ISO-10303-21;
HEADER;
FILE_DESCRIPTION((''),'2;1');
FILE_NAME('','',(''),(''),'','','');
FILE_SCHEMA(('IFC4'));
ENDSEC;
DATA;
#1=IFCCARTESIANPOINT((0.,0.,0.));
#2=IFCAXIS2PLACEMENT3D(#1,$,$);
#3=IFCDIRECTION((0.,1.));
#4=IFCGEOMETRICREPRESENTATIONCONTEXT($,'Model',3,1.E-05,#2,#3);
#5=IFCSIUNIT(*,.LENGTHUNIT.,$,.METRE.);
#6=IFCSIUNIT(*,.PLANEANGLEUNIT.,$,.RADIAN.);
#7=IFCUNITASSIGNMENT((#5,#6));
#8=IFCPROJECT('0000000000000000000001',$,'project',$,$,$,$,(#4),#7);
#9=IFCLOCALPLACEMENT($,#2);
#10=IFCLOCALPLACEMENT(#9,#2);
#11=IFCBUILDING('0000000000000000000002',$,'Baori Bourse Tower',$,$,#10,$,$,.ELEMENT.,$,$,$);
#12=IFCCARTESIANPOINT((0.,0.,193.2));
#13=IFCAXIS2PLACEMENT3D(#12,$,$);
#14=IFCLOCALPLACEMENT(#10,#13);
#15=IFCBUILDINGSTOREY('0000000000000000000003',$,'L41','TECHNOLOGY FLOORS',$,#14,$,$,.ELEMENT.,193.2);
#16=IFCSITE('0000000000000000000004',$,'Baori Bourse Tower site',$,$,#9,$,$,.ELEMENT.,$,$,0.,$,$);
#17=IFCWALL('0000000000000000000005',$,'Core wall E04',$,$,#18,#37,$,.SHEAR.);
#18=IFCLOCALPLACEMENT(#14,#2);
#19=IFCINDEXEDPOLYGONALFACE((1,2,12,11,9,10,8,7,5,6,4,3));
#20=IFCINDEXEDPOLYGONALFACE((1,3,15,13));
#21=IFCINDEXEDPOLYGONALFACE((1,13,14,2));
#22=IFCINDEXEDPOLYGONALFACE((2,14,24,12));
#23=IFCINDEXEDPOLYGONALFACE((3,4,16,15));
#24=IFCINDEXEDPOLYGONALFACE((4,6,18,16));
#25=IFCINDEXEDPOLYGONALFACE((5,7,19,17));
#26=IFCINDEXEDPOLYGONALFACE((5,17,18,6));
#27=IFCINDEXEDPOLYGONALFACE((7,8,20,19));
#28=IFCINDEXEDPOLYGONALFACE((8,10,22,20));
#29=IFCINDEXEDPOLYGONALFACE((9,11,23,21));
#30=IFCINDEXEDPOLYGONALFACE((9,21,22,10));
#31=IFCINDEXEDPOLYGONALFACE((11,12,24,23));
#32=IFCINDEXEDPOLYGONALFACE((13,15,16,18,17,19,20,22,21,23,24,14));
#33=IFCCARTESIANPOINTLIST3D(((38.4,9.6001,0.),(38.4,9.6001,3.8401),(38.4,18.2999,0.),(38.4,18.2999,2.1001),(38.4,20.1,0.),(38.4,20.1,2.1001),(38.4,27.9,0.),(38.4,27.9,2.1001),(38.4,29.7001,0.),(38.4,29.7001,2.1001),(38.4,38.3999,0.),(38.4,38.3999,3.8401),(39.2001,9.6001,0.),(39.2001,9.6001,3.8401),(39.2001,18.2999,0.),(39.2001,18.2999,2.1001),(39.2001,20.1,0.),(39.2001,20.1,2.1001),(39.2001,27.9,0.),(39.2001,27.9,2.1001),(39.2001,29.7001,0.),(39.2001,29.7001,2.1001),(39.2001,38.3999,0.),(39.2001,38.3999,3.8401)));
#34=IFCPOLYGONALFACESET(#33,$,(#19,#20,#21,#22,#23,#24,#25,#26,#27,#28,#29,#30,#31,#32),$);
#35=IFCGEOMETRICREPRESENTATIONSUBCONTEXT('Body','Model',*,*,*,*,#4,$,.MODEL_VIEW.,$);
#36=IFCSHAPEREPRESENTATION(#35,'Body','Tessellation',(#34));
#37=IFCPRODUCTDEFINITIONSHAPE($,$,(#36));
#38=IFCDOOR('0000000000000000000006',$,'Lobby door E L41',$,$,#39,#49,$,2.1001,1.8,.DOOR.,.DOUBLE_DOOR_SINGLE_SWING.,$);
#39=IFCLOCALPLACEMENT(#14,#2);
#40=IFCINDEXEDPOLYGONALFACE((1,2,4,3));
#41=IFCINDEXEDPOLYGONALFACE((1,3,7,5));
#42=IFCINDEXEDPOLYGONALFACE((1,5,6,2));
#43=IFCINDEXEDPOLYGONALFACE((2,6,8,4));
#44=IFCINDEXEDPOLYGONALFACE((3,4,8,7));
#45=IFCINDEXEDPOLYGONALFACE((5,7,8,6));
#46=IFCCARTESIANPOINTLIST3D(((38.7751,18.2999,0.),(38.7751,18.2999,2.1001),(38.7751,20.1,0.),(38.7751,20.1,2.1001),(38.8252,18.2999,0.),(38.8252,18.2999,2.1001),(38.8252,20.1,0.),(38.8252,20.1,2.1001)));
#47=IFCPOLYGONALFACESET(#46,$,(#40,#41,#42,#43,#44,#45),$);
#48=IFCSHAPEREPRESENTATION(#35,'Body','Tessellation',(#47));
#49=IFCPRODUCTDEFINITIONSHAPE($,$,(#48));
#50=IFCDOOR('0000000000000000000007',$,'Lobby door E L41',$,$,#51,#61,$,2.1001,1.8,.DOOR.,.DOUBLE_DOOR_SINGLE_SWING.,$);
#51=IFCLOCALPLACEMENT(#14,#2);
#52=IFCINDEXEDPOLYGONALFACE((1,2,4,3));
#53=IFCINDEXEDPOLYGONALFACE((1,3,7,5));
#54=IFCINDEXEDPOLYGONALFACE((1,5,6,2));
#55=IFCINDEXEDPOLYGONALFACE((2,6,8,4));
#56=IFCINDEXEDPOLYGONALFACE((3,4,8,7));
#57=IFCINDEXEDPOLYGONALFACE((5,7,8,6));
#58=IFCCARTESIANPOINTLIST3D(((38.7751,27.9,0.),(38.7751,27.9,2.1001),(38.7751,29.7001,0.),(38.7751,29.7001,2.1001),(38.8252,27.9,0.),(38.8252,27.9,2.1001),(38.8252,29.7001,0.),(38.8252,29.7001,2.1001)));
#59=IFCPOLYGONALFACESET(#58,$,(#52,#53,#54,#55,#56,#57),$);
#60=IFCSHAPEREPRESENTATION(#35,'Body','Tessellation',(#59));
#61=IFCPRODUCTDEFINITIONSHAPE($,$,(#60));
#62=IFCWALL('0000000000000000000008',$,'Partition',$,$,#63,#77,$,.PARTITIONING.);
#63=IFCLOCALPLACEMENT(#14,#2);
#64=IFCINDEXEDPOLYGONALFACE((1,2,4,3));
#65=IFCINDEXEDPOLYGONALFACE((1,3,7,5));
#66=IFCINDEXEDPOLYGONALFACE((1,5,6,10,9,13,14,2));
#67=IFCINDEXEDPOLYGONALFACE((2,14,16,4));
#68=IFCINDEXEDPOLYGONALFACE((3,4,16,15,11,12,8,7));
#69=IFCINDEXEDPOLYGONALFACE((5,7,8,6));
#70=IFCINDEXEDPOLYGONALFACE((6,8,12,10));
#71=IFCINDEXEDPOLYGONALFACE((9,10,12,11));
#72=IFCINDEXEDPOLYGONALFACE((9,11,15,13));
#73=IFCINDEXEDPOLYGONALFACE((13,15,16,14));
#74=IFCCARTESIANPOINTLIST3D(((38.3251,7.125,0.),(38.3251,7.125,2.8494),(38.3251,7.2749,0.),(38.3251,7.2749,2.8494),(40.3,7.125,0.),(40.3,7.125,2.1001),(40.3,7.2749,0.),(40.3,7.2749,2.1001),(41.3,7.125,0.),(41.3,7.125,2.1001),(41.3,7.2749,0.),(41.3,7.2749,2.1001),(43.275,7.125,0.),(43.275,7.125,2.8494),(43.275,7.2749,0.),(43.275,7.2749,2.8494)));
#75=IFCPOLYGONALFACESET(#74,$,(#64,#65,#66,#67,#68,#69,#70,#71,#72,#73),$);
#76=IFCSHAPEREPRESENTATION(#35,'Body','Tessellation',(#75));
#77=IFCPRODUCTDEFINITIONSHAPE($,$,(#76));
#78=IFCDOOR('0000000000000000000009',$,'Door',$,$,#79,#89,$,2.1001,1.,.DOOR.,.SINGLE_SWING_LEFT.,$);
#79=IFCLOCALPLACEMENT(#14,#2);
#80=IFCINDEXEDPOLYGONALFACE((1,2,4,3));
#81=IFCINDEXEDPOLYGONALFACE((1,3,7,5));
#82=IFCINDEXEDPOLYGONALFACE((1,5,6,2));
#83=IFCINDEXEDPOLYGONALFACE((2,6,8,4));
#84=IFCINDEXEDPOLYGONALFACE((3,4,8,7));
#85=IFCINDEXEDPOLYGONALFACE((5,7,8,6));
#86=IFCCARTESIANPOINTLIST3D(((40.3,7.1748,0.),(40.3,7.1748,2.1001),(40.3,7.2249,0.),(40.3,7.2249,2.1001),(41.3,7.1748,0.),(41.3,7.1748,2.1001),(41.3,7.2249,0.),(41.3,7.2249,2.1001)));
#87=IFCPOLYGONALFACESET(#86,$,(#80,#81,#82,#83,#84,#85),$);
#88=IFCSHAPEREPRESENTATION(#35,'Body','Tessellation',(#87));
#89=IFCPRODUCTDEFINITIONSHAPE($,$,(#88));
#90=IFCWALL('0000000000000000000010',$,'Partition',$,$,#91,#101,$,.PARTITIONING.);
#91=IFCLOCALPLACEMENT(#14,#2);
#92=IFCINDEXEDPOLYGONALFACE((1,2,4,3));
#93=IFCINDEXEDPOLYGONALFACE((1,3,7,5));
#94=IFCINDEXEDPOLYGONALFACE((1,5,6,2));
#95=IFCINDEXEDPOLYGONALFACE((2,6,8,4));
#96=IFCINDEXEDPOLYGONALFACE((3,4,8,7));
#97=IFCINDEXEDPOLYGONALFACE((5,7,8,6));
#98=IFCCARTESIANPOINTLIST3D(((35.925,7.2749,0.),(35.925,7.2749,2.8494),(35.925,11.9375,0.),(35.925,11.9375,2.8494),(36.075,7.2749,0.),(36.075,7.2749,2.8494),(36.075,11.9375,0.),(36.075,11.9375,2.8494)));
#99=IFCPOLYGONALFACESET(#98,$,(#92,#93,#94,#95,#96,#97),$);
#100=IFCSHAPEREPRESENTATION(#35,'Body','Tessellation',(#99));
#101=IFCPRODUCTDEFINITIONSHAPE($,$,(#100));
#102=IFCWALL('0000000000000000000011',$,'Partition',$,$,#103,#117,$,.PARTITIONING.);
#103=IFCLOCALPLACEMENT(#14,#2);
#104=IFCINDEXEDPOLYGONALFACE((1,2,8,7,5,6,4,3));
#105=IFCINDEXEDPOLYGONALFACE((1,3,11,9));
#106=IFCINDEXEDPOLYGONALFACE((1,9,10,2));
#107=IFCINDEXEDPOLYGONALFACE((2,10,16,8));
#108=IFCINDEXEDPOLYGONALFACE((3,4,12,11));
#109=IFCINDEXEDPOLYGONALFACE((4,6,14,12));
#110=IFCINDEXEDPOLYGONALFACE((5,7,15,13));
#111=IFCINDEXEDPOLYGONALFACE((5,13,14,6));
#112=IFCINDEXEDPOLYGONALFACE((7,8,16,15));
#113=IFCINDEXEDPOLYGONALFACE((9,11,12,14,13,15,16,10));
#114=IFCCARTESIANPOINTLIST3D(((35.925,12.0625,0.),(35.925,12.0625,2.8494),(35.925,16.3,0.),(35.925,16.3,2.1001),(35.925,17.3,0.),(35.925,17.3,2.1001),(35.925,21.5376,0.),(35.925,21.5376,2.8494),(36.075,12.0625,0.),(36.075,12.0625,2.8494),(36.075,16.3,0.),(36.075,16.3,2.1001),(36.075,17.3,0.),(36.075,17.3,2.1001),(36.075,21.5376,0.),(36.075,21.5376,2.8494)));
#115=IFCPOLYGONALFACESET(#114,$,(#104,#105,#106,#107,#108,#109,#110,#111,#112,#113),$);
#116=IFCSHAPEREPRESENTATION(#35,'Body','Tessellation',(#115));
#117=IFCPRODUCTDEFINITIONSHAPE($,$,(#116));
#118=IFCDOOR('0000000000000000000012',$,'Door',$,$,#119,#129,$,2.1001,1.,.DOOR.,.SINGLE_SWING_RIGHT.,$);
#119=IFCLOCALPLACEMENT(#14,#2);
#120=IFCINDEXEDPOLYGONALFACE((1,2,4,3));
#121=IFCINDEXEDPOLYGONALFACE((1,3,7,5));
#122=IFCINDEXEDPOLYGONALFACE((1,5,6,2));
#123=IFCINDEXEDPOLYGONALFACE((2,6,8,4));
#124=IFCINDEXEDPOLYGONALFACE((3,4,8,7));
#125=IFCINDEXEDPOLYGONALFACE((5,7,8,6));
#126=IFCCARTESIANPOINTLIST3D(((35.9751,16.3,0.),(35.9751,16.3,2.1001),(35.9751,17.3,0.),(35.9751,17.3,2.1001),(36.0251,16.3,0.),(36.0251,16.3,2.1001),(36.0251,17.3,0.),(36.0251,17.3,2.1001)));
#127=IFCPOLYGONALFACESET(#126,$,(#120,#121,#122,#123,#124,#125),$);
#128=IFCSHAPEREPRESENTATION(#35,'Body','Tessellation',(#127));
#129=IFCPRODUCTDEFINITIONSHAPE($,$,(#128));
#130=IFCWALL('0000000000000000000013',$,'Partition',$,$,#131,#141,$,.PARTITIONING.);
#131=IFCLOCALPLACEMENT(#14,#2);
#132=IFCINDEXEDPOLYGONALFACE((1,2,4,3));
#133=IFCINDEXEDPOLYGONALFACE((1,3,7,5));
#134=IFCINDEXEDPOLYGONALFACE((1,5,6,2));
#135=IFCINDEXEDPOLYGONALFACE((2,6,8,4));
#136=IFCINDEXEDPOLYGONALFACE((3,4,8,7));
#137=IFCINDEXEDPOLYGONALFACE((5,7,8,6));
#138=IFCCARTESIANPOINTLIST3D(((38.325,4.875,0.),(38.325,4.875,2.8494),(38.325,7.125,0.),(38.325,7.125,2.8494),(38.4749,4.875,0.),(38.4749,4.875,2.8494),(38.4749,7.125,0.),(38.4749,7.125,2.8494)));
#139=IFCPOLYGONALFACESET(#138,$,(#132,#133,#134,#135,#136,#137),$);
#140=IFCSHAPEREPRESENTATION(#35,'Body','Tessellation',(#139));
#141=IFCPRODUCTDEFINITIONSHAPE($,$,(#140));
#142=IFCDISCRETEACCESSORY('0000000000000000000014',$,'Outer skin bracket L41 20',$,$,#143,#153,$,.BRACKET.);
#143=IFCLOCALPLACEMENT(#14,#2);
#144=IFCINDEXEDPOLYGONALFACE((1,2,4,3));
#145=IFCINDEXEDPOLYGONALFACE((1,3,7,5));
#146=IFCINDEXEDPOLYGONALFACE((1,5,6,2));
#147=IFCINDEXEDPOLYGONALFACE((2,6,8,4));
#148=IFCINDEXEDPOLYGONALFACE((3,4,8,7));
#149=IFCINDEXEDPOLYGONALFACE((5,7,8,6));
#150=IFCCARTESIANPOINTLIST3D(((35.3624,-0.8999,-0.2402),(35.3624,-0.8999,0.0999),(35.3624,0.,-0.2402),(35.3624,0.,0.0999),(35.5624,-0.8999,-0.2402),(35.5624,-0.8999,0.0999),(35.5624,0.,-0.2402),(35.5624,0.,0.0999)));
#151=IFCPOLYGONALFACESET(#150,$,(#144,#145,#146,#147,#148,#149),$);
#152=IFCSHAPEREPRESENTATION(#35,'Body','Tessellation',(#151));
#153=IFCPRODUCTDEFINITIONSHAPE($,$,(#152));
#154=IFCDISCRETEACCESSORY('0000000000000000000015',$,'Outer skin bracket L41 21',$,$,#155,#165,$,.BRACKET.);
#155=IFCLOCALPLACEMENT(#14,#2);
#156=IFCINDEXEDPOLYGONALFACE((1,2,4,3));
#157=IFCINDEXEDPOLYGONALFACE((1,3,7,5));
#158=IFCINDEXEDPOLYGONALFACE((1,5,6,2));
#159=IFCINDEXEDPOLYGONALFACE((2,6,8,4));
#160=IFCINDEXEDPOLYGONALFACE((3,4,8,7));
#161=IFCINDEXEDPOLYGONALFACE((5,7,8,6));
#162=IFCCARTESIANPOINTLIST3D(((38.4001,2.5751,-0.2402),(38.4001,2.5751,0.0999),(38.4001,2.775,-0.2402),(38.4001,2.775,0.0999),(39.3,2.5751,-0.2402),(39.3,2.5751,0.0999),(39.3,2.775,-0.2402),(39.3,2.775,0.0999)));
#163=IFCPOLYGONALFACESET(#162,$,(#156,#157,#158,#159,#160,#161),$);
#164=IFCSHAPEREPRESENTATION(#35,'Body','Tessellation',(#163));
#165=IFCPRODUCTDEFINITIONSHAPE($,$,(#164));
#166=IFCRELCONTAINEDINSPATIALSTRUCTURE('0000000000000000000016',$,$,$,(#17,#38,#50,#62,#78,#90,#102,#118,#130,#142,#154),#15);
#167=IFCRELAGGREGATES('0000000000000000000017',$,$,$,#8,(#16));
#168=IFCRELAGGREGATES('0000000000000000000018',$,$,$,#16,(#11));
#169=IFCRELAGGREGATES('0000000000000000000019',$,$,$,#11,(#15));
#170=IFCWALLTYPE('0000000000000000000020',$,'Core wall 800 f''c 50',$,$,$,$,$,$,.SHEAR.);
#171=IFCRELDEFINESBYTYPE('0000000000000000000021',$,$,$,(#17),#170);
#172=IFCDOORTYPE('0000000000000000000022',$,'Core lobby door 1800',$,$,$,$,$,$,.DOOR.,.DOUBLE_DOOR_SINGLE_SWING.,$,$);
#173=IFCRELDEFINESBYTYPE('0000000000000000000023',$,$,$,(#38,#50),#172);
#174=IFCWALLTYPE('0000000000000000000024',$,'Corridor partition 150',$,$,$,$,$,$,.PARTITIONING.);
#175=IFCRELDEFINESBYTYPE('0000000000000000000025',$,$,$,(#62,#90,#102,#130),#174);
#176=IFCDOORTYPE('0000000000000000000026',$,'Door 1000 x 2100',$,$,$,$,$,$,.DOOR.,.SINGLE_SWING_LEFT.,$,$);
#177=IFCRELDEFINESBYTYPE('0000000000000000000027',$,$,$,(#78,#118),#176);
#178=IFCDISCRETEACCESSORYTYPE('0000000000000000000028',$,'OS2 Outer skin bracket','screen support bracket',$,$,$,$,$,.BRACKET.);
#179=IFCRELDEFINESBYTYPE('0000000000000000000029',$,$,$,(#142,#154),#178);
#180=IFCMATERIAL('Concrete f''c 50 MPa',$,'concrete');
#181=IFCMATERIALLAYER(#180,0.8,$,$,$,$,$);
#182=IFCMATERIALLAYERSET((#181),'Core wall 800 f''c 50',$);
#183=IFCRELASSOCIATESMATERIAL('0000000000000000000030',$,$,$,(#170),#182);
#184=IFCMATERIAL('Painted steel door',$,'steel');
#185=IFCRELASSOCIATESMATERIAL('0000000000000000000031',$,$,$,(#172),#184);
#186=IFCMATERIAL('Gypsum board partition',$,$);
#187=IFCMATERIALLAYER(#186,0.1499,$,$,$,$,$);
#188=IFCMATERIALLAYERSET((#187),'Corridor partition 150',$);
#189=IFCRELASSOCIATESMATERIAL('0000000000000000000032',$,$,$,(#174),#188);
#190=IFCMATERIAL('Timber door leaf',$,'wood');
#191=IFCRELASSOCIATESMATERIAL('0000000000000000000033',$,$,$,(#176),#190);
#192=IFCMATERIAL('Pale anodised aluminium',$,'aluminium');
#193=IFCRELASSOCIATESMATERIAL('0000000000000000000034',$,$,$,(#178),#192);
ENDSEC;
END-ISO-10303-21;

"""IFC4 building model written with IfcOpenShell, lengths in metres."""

from ifc_helpers import new_model, si_unit, direction, frame, frame_2d, origin, origin_2d, place, context, subcontext, project, spatial, rectangle, extrude, material, layer, layer_set, type_object, element, fill, save


model = new_model("IFC4")

# Units and contexts
model_context = context("Model", 3, precision=1e-05, world=origin(), true_north=direction((0.0, 1.0)))
body_context = subcontext(model_context, "Body", "Model", "MODEL_VIEW")
ifc_project = project(units=[si_unit("LENGTHUNIT", "METRE"), si_unit("PLANEANGLEUNIT", "RADIAN")], contexts=[model_context])

# Site, building, storey
site_placement = place(None, origin())
site = spatial("IfcSite", under=ifc_project, at=site_placement, Name="Baori Bourse Tower site", CompositionType="ELEMENT", RefElevation=0.0)
building_placement = place(site_placement, origin())
building = spatial("IfcBuilding", under=site, at=building_placement, Name="Baori Bourse Tower", CompositionType="ELEMENT")
storey_placement = place(building_placement, frame((0.0, 0.0, 193.2)))
storey = spatial("IfcBuildingStorey", under=building, at=storey_placement, Name="L41", Description="TECHNOLOGY FLOORS", CompositionType="ELEMENT", Elevation=193.2)

# Wall, openings, doors
ifc_material_1 = material(Name="Concrete f'c 50 MPa", Category="concrete")
ifc_layer_1 = layer(ifc_material_1, 0.8)
ifc_layer_set_1 = layer_set([ifc_layer_1], Name="Core wall 800 f'c 50")
wall_type_1 = type_object("IfcWallType", Name="Core wall 800 f'c 50", PredefinedType="SHEAR", material=ifc_layer_set_1)
wall_1_placement = place(storey_placement, frame((38.8, 9.6001, 0.0), z_axis=(0.0, 0.0, 1.0), x_axis=(0.0, 1.0, 0.0)))
wall_1 = element("IfcWall", 1, at=wall_1_placement, inside=storey, type_object=wall_type_1, Name="Core wall E04", PredefinedType="SHEAR", context=body_context, shape_type="SweptSolid", body=[
    extrude(rectangle(XDim=28.7998, YDim=0.8, at=frame_2d((14.3999, 0.0))), origin(), (0.0, 0.0, 1.0), 3.8401),
])
opening_1_placement = place(wall_1_placement, frame((8.7, 0.0, 0.0)))
opening_1 = element("IfcOpeningElement", 2, at=opening_1_placement, cuts=wall_1, PredefinedType="OPENING", context=body_context, shape_type="SweptSolid", body=[
    extrude(rectangle(XDim=1.8, YDim=2.1001, at=frame_2d((0.8999, 1.05))), frame((0.0, 0.4099, 0.0), z_axis=(0.0, -1.0, 0.0), x_axis=(1.0, 0.0, 0.0)), (0.0, 0.0, 1.0), 0.8201),
])
opening_2_placement = place(wall_1_placement, frame((18.3, 0.0, 0.0)))
opening_2 = element("IfcOpeningElement", 3, at=opening_2_placement, cuts=wall_1, PredefinedType="OPENING", context=body_context, shape_type="SweptSolid", body=[
    extrude(rectangle(XDim=1.8, YDim=2.1001, at=frame_2d((0.8999, 1.05))), frame((0.0, 0.4099, 0.0), z_axis=(0.0, -1.0, 0.0), x_axis=(1.0, 0.0, 0.0)), (0.0, 0.0, 1.0), 0.8201),
])
ifc_material_2 = material(Name="Painted steel door", Category="steel")
door_type_1 = type_object("IfcDoorType", Name="Core lobby door 1800", OperationType="DOUBLE_DOOR_SINGLE_SWING", PredefinedType="DOOR", material=ifc_material_2)
door_1_placement = place(opening_1_placement, origin())
door_1 = element("IfcDoor", 4, at=door_1_placement, inside=storey, type_object=door_type_1, Name="Lobby door E L41", OperationType="DOUBLE_DOOR_SINGLE_SWING", OverallHeight=2.1001, OverallWidth=1.8, PredefinedType="DOOR", context=body_context, shape_type="SweptSolid", body=[
    extrude(rectangle(XDim=1.8, YDim=2.1001, at=frame_2d((0.8999, 1.05))), frame((0.0, 0.0249, 0.0), z_axis=(0.0, -1.0, 0.0), x_axis=(1.0, 0.0, 0.0)), (0.0, 0.0, 1.0), 0.05),
])
fill(opening_1, door_1)
door_2_placement = place(opening_2_placement, origin())
door_2 = element("IfcDoor", 5, at=door_2_placement, inside=storey, type_object=door_type_1, Name="Lobby door E L41", OperationType="DOUBLE_DOOR_SINGLE_SWING", OverallHeight=2.1001, OverallWidth=1.8, PredefinedType="DOOR", context=body_context, shape_type="SweptSolid", body=[
    extrude(rectangle(XDim=1.8, YDim=2.1001, at=frame_2d((0.8999, 1.05))), frame((0.0, 0.0249, 0.0), z_axis=(0.0, -1.0, 0.0), x_axis=(1.0, 0.0, 0.0)), (0.0, 0.0, 1.0), 0.05),
])
fill(opening_2, door_2)

# Wall, opening, door
ifc_material_3 = material(Name="Gypsum board partition")
ifc_layer_2 = layer(ifc_material_3, 0.1499)
ifc_layer_set_2 = layer_set([ifc_layer_2], Name="Corridor partition 150")
wall_type_2 = type_object("IfcWallType", Name="Corridor partition 150", PredefinedType="PARTITIONING", material=ifc_layer_set_2)
wall_2_placement = place(storey_placement, frame((38.325, 7.2, 0.0), z_axis=(0.0, 0.0, 1.0), x_axis=(1.0, 0.0, 0.0)))
wall_2 = element("IfcWall", 6, at=wall_2_placement, inside=storey, type_object=wall_type_2, Name="Partition", PredefinedType="PARTITIONING", context=body_context, shape_type="SweptSolid", body=[
    extrude(rectangle(XDim=4.95, YDim=0.1499, at=frame_2d((2.4751, 0.0))), origin(), (0.0, 0.0, 1.0), 2.8494),
])
opening_3_placement = place(wall_2_placement, frame((1.9751, 0.0, 0.0)))
opening_3 = element("IfcOpeningElement", 7, at=opening_3_placement, cuts=wall_2, PredefinedType="OPENING", context=body_context, shape_type="SweptSolid", body=[
    extrude(rectangle(XDim=1.0, YDim=2.1001, at=frame_2d((0.5, 1.05))), frame((0.0, 0.085, 0.0), z_axis=(0.0, -1.0, 0.0), x_axis=(1.0, 0.0, 0.0)), (0.0, 0.0, 1.0), 0.1699),
])
ifc_material_4 = material(Name="Timber door leaf", Category="wood")
door_type_2 = type_object("IfcDoorType", Name="Door 1000 x 2100", OperationType="SINGLE_SWING_LEFT", PredefinedType="DOOR", material=ifc_material_4)
door_3_placement = place(opening_3_placement, origin())
door_3 = element("IfcDoor", 8, at=door_3_placement, inside=storey, type_object=door_type_2, Name="Door", OperationType="SINGLE_SWING_LEFT", OverallHeight=2.1001, OverallWidth=1.0, PredefinedType="DOOR", context=body_context, shape_type="SweptSolid", body=[
    extrude(rectangle(XDim=1.0, YDim=2.1001, at=frame_2d((0.5, 1.05))), frame((0.0, 0.0249, 0.0), z_axis=(0.0, -1.0, 0.0), x_axis=(1.0, 0.0, 0.0)), (0.0, 0.0, 1.0), 0.05),
])
fill(opening_3, door_3)

# Wall
wall_3_placement = place(storey_placement, frame((36.0, 7.2749, 0.0), z_axis=(0.0, 0.0, 1.0), x_axis=(0.0, 1.0, 0.0)))
element("IfcWall", 9, at=wall_3_placement, inside=storey, type_object=wall_type_2, Name="Partition", PredefinedType="PARTITIONING", context=body_context, shape_type="SweptSolid", body=[
    extrude(rectangle(XDim=4.6626, YDim=0.1499, at=frame_2d((2.3313, 0.0))), origin(), (0.0, 0.0, 1.0), 2.8494),
])

# Wall, opening, door
wall_4_placement = place(storey_placement, frame((36.0, 12.0625, 0.0), z_axis=(0.0, 0.0, 1.0), x_axis=(0.0, 1.0, 0.0)))
wall_4 = element("IfcWall", 10, at=wall_4_placement, inside=storey, type_object=wall_type_2, Name="Partition", PredefinedType="PARTITIONING", context=body_context, shape_type="SweptSolid", body=[
    extrude(rectangle(XDim=9.4751, YDim=0.1499, at=frame_2d((4.7375, 0.0))), origin(), (0.0, 0.0, 1.0), 2.8494),
])
opening_4_placement = place(wall_4_placement, frame((4.2375, 0.0, 0.0)))
opening_4 = element("IfcOpeningElement", 11, at=opening_4_placement, cuts=wall_4, PredefinedType="OPENING", context=body_context, shape_type="SweptSolid", body=[
    extrude(rectangle(XDim=1.0, YDim=2.1001, at=frame_2d((0.5, 1.05))), frame((0.0, 0.085, 0.0), z_axis=(0.0, -1.0, 0.0), x_axis=(1.0, 0.0, 0.0)), (0.0, 0.0, 1.0), 0.1699),
])
door_4_placement = place(opening_4_placement, origin())
door_4 = element("IfcDoor", 12, at=door_4_placement, inside=storey, type_object=door_type_2, Name="Door", OperationType="SINGLE_SWING_RIGHT", OverallHeight=2.1001, OverallWidth=1.0, PredefinedType="DOOR", context=body_context, shape_type="SweptSolid", body=[
    extrude(rectangle(XDim=1.0, YDim=2.1001, at=frame_2d((0.5, 1.05))), frame((0.0, 0.0249, 0.0), z_axis=(0.0, -1.0, 0.0), x_axis=(1.0, 0.0, 0.0)), (0.0, 0.0, 1.0), 0.05),
])
fill(opening_4, door_4)

# Wall
wall_5_placement = place(storey_placement, frame((38.3999, 4.875, 0.0), z_axis=(0.0, 0.0, 1.0), x_axis=(0.0, 1.0, 0.0)))
element("IfcWall", 13, at=wall_5_placement, inside=storey, type_object=wall_type_2, Name="Partition", PredefinedType="PARTITIONING", context=body_context, shape_type="SweptSolid", body=[
    extrude(rectangle(XDim=2.25, YDim=0.1499, at=frame_2d((1.125, 0.0))), origin(), (0.0, 0.0, 1.0), 2.8494),
])

# Discrete accessories
ifc_material_5 = material(Name="Pale anodised aluminium", Category="aluminium")
discrete_accessory_type = type_object("IfcDiscreteAccessoryType", Name="OS2 Outer skin bracket", Description="screen support bracket", PredefinedType="BRACKET", material=ifc_material_5)
for number, where, z_axis, x_axis, name in (
    (14, (35.4624, -0.45, -0.2402), (0.0, 0.0, 1.0), (1.0, 0.0, 0.0), "Outer skin bracket L41 20"),
    (15, (38.8501, 2.675, -0.2402), (0.0, 0.0, 1.0), (0.0, 1.0, 0.0), "Outer skin bracket L41 21"),
):
    element("IfcDiscreteAccessory", number, at=place(storey_placement, frame(where, z_axis=z_axis, x_axis=x_axis)), inside=storey, type_object=discrete_accessory_type, Name=name, PredefinedType="BRACKET", context=body_context, shape_type="SweptSolid", body=[
        extrude(rectangle(XDim=0.2, YDim=0.8999, at=origin_2d()), origin(), (0.0, 0.0, 1.0), 0.3401),
    ])

save(model, "model.ifc")
